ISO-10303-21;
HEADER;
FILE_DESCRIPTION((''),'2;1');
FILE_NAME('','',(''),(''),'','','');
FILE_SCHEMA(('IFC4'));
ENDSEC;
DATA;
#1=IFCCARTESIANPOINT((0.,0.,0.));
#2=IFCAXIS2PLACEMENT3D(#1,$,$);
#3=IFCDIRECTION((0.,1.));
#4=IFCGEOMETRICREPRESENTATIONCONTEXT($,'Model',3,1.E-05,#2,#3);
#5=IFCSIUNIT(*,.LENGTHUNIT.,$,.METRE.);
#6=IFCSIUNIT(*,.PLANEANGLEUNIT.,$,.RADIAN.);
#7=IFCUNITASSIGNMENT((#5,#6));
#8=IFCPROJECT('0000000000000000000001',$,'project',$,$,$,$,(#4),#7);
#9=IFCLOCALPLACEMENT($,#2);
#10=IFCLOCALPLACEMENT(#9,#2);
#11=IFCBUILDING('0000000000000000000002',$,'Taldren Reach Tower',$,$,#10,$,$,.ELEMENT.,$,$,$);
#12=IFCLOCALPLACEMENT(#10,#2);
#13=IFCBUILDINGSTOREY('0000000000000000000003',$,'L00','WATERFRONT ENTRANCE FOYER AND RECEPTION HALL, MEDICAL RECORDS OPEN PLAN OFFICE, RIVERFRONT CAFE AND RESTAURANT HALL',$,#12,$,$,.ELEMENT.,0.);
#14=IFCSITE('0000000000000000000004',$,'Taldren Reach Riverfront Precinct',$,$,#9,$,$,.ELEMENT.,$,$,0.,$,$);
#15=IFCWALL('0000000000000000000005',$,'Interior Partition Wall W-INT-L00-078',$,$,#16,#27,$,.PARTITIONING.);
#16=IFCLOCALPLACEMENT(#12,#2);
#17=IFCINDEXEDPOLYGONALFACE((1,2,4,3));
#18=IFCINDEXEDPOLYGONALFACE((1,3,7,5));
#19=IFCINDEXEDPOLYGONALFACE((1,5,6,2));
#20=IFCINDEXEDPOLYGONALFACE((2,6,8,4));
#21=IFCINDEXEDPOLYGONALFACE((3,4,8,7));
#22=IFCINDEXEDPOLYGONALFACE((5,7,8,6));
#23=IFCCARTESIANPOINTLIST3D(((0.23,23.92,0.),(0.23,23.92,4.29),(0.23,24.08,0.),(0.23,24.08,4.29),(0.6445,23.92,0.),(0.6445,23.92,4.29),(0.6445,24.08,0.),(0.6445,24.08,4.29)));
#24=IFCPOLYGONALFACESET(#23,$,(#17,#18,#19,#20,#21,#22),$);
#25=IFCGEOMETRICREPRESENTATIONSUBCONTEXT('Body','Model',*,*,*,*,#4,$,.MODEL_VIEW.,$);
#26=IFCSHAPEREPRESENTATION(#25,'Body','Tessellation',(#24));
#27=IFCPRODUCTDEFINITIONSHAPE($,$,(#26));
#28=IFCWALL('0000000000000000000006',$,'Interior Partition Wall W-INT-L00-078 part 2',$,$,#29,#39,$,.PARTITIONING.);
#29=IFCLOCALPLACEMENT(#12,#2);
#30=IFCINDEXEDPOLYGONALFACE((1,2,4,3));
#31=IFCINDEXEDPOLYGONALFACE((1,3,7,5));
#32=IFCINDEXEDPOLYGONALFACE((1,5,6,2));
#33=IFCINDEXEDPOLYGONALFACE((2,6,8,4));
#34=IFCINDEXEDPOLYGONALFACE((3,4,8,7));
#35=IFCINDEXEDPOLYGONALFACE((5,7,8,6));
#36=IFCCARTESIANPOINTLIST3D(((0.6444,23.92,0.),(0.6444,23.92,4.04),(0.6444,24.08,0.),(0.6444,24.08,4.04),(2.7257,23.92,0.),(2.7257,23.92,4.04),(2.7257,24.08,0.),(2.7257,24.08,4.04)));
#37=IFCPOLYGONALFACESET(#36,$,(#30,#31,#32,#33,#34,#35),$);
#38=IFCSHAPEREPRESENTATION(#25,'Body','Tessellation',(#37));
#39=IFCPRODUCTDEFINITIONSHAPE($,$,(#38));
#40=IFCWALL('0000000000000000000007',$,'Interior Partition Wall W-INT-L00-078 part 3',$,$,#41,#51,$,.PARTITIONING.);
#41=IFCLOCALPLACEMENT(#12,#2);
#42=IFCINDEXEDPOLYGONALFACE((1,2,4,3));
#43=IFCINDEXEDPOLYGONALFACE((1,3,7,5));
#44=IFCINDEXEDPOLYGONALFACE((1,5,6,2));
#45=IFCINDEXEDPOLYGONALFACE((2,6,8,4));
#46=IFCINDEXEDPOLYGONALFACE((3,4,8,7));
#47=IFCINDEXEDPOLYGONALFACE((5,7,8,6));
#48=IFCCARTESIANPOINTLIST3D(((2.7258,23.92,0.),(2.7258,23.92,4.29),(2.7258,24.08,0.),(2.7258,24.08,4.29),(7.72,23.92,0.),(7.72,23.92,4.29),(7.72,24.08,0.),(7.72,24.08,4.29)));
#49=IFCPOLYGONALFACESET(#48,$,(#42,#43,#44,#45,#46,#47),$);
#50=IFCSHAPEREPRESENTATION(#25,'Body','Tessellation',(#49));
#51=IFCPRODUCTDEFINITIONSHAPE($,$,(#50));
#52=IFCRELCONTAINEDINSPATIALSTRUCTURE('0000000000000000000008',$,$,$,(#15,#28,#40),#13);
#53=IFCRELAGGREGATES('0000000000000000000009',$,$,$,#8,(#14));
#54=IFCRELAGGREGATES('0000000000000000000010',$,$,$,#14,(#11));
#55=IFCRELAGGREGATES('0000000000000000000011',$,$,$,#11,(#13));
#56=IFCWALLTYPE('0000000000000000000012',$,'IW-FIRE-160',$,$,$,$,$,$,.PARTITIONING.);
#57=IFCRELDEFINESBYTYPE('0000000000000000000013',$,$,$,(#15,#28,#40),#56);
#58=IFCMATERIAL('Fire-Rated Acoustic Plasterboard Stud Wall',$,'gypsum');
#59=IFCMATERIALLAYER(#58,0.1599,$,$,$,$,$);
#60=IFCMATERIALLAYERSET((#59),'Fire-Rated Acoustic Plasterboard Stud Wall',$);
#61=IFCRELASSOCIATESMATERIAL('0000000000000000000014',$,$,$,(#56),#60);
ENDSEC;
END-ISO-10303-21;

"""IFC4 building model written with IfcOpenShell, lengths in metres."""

from ifc_helpers import new_model, si_unit, direction, frame, frame_2d, origin, place, context, subcontext, project, spatial, rectangle, extrude, source, transform, mapped, material, layer, layer_set, type_object, element, save


model = new_model("IFC4")

# Units and contexts
model_context = context("Model", 3, precision=1e-05, world=origin(), true_north=direction((0.0, 1.0)))
body_context = subcontext(model_context, "Body", "Model", "MODEL_VIEW")
ifc_project = project(units=[si_unit("LENGTHUNIT", "METRE"), si_unit("PLANEANGLEUNIT", "RADIAN")], contexts=[model_context])

# Site, building, storey
site_placement = place(None, origin())
site = spatial("IfcSite", under=ifc_project, at=site_placement, Name="Taldren Reach Riverfront Precinct", CompositionType="ELEMENT", RefElevation=0.0)
building_placement = place(site_placement, origin())
building = spatial("IfcBuilding", under=site, at=building_placement, Name="Taldren Reach Tower", CompositionType="ELEMENT")
storey_placement = place(building_placement, origin())
storey = spatial("IfcBuildingStorey", under=building, at=storey_placement, Name="L00", Description="WATERFRONT ENTRANCE FOYER AND RECEPTION HALL, MEDICAL RECORDS OPEN PLAN OFFICE, RIVERFRONT CAFE AND RESTAURANT HALL", CompositionType="ELEMENT", Elevation=0.0)

# Walls
ifc_material_1 = material(Name="Fire-Rated Acoustic Plasterboard Stud Wall", Category="gypsum")
ifc_layer_1 = layer(ifc_material_1, 0.1599)
ifc_layer_set_1 = layer_set([ifc_layer_1], Name="Fire-Rated Acoustic Plasterboard Stud Wall")
wall_type_1 = type_object("IfcWallType", Name="IW-FIRE-160", PredefinedType="PARTITIONING", material=ifc_layer_set_1)
shared_shape_1 = source(origin(), body_context, "Body", "SweptSolid", [
    extrude(rectangle(XDim=0.4146, YDim=0.1599, at=frame_2d((0.2073, 0.0))), origin(), (0.0, 0.0, 1.0), 4.29),
])
wall_1_placement = place(storey_placement, frame((0.23, 24.0, 0.0), z_axis=(0.0, 0.0, 1.0), x_axis=(1.0, 0.0, 0.0)))
element("IfcWall", 1, at=wall_1_placement, inside=storey, type_object=wall_type_1, Name="Interior Partition Wall W-INT-L00-078", PredefinedType="PARTITIONING", context=body_context, shape_type="MappedRepresentation", body=[
    mapped(shared_shape_1, transform((0.0, 0.0, 0.0), scale=1.0)),
])
shared_shape_2 = source(origin(), body_context, "Body", "SweptSolid", [
    extrude(rectangle(XDim=2.0813, YDim=0.1599, at=frame_2d((1.0405, 0.0))), origin(), (0.0, 0.0, 1.0), 4.04),
])
wall_2_placement = place(storey_placement, frame((0.6445, 24.0, 0.0), z_axis=(0.0, 0.0, 1.0), x_axis=(1.0, 0.0, 0.0)))
element("IfcWall", 2, at=wall_2_placement, inside=storey, type_object=wall_type_1, Name="Interior Partition Wall W-INT-L00-078 part 2", PredefinedType="PARTITIONING", context=body_context, shape_type="MappedRepresentation", body=[
    mapped(shared_shape_2, transform((0.0, 0.0, 0.0), scale=1.0)),
])
shared_shape_3 = source(origin(), body_context, "Body", "SweptSolid", [
    extrude(rectangle(XDim=4.9941, YDim=0.1599, at=frame_2d((2.4971, 0.0))), origin(), (0.0, 0.0, 1.0), 4.29),
])
wall_3_placement = place(storey_placement, frame((2.7258, 24.0, 0.0), z_axis=(0.0, 0.0, 1.0), x_axis=(1.0, 0.0, 0.0)))
element("IfcWall", 3, at=wall_3_placement, inside=storey, type_object=wall_type_1, Name="Interior Partition Wall W-INT-L00-078 part 3", PredefinedType="PARTITIONING", context=body_context, shape_type="MappedRepresentation", body=[
    mapped(shared_shape_3, transform((0.0, 0.0, 0.0), scale=1.0)),
])

save(model, "model.ifc")
